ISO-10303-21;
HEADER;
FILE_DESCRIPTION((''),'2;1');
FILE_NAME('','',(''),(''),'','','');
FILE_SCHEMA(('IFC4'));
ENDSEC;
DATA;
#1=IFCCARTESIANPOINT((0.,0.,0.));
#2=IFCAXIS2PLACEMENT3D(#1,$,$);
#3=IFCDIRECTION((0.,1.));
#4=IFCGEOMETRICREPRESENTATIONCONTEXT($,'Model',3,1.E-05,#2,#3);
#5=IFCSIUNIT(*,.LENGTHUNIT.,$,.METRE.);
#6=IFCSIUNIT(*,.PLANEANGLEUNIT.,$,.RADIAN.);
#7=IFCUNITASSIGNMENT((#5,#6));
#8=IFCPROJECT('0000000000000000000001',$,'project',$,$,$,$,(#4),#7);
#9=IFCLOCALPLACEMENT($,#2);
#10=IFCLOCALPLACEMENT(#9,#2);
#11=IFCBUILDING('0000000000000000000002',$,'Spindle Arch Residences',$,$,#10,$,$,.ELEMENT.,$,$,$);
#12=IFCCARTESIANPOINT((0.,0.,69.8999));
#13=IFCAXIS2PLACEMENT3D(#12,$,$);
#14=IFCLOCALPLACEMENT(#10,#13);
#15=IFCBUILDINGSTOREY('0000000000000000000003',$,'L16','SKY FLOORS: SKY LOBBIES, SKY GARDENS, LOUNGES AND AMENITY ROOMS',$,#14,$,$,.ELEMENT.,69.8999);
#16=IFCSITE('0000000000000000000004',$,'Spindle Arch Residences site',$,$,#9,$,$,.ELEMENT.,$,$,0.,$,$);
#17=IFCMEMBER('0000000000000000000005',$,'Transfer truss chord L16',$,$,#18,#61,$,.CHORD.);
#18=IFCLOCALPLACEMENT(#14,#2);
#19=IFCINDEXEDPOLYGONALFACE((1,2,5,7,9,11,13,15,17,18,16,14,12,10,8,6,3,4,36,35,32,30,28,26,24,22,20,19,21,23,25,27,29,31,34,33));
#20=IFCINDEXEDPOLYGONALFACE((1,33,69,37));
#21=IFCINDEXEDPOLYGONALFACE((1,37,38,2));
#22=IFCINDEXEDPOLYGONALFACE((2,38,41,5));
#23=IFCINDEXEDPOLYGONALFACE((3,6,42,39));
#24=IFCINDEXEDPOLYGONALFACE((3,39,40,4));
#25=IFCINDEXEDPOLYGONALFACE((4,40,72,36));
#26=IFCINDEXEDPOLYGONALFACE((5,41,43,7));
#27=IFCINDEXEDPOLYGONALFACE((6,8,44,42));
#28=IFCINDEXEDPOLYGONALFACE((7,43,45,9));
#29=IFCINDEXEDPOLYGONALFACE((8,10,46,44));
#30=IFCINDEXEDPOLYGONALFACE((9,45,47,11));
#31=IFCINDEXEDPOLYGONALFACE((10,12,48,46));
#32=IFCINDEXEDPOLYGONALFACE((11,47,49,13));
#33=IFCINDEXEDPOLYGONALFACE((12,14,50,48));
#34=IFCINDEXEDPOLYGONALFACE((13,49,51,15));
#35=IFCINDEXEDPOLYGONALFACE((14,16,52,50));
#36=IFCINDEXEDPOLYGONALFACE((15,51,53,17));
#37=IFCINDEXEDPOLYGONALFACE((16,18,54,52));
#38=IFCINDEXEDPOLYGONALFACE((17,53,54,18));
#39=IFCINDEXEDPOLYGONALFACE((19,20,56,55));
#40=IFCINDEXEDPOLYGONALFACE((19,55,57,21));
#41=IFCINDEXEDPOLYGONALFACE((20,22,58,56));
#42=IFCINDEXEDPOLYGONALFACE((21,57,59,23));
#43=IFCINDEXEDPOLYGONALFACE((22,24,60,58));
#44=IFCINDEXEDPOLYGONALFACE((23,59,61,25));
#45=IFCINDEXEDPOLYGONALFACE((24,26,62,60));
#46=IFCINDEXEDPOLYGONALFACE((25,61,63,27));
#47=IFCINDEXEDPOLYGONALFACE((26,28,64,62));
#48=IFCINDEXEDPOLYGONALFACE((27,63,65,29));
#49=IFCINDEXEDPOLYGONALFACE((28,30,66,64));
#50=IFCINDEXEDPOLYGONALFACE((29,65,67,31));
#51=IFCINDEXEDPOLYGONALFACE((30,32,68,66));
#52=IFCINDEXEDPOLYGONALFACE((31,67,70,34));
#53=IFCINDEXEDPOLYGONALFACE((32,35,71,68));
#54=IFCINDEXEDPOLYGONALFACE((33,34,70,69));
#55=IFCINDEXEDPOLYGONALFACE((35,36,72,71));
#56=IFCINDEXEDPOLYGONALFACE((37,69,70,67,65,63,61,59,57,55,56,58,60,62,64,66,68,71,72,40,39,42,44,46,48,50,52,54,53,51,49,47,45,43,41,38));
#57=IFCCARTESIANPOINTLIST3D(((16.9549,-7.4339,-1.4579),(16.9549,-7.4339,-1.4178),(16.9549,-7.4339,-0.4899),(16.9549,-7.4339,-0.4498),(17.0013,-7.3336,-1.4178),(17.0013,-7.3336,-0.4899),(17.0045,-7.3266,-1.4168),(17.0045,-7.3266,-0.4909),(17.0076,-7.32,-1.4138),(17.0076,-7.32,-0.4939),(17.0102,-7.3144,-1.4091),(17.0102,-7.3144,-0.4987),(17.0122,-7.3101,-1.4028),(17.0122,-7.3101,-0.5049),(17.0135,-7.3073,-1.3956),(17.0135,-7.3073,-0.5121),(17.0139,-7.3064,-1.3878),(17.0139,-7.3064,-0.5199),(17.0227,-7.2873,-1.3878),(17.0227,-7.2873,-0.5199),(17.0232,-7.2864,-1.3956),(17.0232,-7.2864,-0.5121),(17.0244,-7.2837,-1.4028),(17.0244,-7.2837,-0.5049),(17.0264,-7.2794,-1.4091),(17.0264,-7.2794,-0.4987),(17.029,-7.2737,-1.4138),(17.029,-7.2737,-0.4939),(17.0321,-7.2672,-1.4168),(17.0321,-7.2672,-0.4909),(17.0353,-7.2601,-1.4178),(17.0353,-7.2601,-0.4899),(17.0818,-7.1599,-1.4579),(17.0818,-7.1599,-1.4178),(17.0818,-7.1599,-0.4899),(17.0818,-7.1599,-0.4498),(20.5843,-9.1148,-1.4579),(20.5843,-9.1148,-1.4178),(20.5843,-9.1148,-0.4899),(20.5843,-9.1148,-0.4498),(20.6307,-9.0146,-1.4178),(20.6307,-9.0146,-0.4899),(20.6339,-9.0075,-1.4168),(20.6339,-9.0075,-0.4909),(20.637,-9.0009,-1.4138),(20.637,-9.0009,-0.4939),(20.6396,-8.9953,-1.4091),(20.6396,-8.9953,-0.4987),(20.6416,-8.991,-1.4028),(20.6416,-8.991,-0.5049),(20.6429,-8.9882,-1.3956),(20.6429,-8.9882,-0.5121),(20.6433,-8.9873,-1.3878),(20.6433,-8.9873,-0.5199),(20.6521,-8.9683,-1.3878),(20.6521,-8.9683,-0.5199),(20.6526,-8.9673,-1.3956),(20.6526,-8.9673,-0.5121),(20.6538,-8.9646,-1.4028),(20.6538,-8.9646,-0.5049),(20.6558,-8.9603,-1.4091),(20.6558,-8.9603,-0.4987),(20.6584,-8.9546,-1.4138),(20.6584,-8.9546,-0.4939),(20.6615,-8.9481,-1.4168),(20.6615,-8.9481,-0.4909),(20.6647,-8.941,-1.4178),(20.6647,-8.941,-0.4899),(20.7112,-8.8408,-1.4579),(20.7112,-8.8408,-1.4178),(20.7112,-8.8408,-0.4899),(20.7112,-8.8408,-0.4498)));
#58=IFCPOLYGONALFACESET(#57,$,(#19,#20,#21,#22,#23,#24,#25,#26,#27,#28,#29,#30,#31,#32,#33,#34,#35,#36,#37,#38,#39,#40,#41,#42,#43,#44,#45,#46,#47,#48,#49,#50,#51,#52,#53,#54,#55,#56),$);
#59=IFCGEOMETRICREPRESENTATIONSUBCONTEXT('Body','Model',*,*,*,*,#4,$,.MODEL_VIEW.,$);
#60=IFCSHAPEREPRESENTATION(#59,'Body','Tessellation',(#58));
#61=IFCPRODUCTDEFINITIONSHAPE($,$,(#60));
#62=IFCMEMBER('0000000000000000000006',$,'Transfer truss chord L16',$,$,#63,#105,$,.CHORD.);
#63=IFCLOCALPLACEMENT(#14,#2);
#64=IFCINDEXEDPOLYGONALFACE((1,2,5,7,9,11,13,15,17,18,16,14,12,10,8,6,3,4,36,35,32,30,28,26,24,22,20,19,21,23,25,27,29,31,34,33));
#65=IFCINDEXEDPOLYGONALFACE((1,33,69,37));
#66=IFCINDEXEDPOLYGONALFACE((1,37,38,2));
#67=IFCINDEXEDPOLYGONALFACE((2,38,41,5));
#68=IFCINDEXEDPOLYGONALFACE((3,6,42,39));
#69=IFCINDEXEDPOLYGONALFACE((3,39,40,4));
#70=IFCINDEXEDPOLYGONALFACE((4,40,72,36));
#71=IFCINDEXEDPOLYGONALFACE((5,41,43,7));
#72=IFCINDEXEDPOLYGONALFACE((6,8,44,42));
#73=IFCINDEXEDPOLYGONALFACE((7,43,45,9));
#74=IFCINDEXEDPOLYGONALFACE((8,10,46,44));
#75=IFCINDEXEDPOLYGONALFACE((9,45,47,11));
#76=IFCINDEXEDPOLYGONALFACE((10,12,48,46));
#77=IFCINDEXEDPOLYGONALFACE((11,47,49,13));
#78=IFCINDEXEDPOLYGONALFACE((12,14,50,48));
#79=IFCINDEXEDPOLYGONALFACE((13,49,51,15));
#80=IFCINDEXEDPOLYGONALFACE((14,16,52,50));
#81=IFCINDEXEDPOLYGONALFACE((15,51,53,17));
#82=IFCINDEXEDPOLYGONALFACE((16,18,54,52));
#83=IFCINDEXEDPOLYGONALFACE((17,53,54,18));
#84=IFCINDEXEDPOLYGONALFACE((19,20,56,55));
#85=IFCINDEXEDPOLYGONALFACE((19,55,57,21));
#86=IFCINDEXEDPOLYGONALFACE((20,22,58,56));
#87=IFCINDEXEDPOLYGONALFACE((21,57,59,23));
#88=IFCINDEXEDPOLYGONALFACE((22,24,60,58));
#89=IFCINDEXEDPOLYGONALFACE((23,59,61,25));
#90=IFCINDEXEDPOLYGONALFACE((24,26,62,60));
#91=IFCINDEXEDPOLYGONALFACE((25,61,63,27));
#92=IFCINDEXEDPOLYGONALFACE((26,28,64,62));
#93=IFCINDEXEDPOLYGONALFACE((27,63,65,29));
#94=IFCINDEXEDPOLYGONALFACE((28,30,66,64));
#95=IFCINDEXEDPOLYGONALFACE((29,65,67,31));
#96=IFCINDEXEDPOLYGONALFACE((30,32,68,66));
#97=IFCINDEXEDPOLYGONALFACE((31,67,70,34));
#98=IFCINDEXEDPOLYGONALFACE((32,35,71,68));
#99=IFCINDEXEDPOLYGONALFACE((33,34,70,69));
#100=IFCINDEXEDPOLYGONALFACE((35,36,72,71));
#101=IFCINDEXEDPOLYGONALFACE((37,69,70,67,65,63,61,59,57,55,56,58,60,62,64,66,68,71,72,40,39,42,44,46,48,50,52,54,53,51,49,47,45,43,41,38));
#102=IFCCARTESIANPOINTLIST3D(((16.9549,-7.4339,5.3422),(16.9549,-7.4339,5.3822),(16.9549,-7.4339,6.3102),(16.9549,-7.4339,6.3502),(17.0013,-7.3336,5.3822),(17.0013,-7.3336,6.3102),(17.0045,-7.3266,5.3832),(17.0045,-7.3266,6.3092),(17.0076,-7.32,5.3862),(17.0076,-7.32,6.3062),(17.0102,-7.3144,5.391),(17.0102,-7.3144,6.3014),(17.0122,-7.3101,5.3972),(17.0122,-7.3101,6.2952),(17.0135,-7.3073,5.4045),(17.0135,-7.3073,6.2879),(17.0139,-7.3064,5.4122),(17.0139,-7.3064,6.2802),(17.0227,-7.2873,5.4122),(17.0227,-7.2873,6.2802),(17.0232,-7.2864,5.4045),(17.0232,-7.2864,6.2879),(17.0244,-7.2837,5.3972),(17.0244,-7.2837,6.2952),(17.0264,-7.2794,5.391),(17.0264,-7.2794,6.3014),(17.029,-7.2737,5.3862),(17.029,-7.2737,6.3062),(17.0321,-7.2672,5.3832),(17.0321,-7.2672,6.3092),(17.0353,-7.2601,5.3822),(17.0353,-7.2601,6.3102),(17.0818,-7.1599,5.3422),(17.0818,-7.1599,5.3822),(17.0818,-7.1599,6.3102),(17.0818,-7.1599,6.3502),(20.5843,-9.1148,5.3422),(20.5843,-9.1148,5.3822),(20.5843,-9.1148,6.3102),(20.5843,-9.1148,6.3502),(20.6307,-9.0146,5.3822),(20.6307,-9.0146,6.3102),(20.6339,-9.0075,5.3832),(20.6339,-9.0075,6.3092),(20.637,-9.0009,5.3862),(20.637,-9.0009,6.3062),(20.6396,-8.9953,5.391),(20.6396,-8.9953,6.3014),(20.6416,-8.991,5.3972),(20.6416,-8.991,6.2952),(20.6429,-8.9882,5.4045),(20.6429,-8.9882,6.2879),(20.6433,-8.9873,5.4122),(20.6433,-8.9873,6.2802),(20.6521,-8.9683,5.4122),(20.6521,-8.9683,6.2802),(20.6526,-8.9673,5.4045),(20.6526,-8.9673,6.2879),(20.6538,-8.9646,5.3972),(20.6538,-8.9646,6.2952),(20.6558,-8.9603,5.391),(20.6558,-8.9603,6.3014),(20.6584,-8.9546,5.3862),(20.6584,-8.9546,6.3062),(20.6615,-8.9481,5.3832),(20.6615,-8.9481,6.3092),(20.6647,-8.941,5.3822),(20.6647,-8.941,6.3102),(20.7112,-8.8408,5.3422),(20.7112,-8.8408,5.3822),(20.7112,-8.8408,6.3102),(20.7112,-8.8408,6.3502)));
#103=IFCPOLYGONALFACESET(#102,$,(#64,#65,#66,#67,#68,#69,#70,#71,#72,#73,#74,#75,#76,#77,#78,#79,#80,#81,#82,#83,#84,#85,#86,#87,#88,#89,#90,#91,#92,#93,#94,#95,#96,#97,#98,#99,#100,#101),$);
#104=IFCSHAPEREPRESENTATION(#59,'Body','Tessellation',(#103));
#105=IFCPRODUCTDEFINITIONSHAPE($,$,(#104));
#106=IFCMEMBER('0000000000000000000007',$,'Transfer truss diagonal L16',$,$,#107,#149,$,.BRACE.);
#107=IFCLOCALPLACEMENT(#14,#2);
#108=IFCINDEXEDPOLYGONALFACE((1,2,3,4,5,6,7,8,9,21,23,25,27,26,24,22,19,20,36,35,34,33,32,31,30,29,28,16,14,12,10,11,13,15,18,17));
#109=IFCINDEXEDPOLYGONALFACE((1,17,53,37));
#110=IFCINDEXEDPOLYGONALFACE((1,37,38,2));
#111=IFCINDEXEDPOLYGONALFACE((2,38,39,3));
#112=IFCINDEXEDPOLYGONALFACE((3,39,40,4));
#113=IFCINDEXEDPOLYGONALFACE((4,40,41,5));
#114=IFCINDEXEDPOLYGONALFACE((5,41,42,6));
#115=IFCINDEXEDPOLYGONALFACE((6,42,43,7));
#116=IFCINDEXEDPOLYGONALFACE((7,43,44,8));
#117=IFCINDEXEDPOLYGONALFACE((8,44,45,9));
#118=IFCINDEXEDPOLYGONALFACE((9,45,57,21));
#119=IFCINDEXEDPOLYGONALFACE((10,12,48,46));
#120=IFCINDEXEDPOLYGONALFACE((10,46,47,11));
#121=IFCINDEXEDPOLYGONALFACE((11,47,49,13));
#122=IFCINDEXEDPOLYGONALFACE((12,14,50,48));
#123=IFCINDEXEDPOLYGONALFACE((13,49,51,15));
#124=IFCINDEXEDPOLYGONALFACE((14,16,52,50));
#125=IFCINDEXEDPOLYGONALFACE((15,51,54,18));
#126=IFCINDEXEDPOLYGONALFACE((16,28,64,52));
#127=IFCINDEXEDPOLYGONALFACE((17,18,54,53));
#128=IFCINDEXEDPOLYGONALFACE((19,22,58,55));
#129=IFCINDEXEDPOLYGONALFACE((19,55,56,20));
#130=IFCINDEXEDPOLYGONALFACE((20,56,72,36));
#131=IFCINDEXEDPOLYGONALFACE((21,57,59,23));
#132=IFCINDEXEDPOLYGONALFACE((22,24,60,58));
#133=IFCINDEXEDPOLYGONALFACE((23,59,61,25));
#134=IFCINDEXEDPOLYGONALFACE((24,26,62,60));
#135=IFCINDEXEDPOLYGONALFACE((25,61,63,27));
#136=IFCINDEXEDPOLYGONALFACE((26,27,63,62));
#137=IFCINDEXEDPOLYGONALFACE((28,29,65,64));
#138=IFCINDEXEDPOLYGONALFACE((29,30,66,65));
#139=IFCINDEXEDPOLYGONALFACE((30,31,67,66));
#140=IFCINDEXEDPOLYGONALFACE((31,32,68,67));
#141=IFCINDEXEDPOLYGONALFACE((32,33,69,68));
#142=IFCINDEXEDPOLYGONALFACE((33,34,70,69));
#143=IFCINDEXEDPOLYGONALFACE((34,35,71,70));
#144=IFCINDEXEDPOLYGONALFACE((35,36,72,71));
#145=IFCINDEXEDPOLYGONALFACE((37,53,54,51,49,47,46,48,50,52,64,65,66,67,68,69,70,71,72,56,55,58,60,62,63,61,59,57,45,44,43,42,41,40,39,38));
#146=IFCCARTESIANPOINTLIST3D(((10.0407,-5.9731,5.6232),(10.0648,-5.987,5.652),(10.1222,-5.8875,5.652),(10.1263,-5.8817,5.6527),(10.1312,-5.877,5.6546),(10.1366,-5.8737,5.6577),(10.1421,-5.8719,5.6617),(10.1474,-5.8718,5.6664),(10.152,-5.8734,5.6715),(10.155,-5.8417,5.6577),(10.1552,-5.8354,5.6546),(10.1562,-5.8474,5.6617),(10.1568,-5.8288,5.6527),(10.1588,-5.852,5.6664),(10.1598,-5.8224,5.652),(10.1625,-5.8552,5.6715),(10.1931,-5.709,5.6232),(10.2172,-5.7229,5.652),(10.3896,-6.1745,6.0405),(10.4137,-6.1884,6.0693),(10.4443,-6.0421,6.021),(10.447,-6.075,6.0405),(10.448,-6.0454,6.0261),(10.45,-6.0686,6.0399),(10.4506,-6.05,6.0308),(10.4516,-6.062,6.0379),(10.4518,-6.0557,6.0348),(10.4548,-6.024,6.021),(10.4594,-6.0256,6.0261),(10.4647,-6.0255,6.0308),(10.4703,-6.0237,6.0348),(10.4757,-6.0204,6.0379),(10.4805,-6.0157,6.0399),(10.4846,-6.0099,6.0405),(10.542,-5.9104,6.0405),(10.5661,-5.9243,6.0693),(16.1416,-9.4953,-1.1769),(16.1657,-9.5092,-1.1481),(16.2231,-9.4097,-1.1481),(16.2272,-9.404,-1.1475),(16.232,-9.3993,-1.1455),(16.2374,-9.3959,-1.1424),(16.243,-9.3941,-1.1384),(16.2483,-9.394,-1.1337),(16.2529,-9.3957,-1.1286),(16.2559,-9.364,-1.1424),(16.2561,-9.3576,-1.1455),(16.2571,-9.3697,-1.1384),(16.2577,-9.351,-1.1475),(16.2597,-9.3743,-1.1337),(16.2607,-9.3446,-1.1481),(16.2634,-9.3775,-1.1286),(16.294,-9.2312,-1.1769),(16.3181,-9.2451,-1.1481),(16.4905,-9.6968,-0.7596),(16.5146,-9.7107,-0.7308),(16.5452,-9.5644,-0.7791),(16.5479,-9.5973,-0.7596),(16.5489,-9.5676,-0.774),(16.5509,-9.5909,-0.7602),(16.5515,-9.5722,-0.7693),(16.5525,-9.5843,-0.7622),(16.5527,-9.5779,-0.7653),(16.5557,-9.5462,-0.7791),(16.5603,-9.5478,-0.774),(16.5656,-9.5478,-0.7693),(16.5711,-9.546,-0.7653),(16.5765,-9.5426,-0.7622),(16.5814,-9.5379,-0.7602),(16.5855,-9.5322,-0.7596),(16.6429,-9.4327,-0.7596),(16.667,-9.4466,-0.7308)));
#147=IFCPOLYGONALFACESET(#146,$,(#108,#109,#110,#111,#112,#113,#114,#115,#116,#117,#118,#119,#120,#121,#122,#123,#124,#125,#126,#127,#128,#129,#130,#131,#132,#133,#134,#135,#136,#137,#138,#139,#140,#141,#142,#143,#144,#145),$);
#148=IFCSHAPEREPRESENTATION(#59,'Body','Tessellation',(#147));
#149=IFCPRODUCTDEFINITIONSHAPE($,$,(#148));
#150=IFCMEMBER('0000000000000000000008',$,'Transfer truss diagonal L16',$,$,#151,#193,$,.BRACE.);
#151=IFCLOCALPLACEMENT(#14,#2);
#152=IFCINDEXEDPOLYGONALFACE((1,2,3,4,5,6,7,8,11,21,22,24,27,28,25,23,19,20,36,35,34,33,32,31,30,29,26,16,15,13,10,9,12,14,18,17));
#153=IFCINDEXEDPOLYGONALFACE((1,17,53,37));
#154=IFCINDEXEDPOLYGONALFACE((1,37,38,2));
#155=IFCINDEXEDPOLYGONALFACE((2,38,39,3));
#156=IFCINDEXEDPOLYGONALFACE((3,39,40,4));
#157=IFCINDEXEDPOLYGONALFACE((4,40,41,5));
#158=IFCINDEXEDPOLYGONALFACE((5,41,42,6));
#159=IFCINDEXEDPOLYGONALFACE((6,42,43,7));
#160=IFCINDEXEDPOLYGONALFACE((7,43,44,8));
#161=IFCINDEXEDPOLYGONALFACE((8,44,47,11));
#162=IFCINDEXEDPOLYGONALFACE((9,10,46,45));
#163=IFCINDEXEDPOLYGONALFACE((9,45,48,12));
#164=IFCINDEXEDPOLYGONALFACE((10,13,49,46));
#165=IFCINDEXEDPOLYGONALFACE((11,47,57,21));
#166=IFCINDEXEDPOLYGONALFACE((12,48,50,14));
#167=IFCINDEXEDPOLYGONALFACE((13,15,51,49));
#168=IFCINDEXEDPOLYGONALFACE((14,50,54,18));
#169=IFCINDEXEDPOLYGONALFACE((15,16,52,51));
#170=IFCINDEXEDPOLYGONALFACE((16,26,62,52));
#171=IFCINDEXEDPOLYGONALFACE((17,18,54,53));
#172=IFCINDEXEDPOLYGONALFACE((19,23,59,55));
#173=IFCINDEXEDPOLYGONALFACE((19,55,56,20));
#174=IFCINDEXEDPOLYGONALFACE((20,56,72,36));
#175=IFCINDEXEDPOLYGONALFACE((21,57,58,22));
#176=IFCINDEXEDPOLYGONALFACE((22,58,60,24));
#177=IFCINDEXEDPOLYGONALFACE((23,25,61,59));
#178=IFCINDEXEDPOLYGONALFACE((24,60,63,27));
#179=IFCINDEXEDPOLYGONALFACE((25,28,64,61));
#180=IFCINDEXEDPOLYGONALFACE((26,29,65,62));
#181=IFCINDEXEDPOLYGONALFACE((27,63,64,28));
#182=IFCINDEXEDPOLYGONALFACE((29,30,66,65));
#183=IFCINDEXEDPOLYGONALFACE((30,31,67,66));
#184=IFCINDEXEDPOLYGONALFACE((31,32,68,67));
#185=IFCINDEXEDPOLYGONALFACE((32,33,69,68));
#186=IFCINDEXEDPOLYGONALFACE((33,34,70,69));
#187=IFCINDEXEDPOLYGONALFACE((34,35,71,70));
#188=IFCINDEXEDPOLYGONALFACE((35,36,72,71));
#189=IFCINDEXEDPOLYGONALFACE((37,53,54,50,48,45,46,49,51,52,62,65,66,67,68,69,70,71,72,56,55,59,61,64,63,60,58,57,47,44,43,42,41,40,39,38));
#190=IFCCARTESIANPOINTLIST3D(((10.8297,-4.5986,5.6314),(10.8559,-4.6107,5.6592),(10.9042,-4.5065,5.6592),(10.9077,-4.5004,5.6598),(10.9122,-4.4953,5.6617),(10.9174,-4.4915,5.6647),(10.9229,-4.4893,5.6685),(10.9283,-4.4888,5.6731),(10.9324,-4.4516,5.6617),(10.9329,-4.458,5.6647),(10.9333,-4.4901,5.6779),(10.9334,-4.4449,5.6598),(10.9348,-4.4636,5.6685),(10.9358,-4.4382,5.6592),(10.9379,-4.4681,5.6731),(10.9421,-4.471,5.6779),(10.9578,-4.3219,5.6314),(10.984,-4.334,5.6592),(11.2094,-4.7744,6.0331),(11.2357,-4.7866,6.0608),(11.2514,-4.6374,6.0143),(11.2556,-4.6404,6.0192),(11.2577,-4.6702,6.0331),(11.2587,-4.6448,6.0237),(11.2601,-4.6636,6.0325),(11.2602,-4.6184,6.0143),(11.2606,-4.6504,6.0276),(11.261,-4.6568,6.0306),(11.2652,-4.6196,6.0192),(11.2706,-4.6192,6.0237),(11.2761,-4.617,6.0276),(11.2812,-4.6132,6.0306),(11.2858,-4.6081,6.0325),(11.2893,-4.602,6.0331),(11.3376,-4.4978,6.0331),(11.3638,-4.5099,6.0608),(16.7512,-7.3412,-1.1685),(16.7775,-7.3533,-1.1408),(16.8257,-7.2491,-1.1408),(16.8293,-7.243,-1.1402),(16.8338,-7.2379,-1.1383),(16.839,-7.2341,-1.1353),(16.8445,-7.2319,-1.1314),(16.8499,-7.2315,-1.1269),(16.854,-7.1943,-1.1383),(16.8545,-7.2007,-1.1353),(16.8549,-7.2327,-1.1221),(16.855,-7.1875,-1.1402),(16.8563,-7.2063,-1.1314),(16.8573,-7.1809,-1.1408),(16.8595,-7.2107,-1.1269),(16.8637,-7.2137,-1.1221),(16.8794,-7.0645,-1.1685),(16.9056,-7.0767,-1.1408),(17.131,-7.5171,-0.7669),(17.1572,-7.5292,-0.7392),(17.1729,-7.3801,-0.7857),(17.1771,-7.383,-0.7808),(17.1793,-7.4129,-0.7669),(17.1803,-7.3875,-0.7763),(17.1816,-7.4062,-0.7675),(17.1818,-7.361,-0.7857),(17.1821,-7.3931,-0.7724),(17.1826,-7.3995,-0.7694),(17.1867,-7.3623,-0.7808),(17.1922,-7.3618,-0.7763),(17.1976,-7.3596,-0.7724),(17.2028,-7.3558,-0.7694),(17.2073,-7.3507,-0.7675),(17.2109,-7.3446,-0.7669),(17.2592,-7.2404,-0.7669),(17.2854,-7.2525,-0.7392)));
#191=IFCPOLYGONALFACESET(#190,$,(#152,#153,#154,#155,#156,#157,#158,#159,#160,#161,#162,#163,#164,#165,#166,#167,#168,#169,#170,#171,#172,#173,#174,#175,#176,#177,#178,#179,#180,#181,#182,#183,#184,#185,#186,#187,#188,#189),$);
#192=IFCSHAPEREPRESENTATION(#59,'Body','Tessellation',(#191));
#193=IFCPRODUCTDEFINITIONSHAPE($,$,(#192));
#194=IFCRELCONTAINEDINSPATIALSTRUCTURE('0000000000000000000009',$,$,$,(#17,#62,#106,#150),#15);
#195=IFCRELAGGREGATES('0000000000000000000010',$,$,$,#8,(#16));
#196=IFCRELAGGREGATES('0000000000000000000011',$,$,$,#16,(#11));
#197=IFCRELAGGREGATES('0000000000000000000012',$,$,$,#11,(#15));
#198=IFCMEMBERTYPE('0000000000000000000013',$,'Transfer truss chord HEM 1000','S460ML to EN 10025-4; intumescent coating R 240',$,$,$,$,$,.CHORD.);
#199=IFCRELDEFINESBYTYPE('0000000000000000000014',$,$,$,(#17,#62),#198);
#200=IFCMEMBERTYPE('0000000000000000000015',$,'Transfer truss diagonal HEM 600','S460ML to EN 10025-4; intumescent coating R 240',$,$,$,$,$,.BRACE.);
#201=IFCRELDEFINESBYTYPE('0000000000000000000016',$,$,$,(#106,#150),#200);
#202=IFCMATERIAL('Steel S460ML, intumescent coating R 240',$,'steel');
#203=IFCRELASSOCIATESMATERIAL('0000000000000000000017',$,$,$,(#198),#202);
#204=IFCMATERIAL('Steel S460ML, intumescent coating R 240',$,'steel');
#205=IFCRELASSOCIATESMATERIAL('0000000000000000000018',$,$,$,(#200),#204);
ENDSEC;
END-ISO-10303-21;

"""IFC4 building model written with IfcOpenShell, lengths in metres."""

from ifc_helpers import new_model, si_unit, direction, frame, origin, origin_2d, place, context, subcontext, project, spatial, i_section, extrude, material, material_profile, profile_set, type_object, element, save


model = new_model("IFC4")

# Units and contexts
model_context = context("Model", 3, precision=1e-05, world=origin(), true_north=direction((0.0, 1.0)))
body_context = subcontext(model_context, "Body", "Model", "MODEL_VIEW")
ifc_project = project(units=[si_unit("LENGTHUNIT", "METRE"), si_unit("PLANEANGLEUNIT", "RADIAN")], contexts=[model_context])

# Site, building, storey
site_placement = place(None, origin())
site = spatial("IfcSite", under=ifc_project, at=site_placement, Name="Spindle Arch Residences site", CompositionType="ELEMENT", RefElevation=0.0)
building_placement = place(site_placement, origin())
building = spatial("IfcBuilding", under=site, at=building_placement, Name="Spindle Arch Residences", CompositionType="ELEMENT")
storey_placement = place(building_placement, frame((0.0, 0.0, 69.8999)))
storey = spatial("IfcBuildingStorey", under=building, at=storey_placement, Name="L16", Description="SKY FLOORS: SKY LOBBIES, SKY GARDENS, LOUNGES AND AMENITY ROOMS", CompositionType="ELEMENT", Elevation=69.8999)

# Members
ifc_material_1 = material(Name="Steel S460ML, intumescent coating R 240", Category="steel")
ifc_material_profile_1 = material_profile(ifc_material_1, i_section(OverallWidth=0.302, OverallDepth=1.0081, WebThickness=0.021, FlangeThickness=0.04, FilletRadius=0.03, at=origin_2d()), Name="HEM 1000")
ifc_profile_set_1 = profile_set([ifc_material_profile_1], Name="Steel S460ML, intumescent coating R 240")
member_type_1 = type_object("IfcMemberType", Name="Transfer truss chord HEM 1000", Description="S460ML to EN 10025-4; intumescent coating R 240", PredefinedType="CHORD", material=ifc_profile_set_1)
for number, where, z_axis, x_axis, name in (
    (1, (17.0183, -7.2969, -0.9539), (0.907407, -0.420254, 0.0), (0.420254, 0.907407, 0.0), "Transfer truss chord L16"),
    (2, (17.0183, -7.2969, 5.8462), (0.907407, -0.420254, 0.0), (0.420254, 0.907407, 0.0), "Transfer truss chord L16"),
):
    element("IfcMember", number, at=place(storey_placement, frame(where, z_axis=z_axis, x_axis=x_axis)), inside=storey, type_object=member_type_1, Name=name, PredefinedType="CHORD", context=body_context, shape_type="SweptSolid", body=[
        extrude(i_section(OverallWidth=0.302, OverallDepth=1.0081, WebThickness=0.021, FlangeThickness=0.04, FilletRadius=0.03, at=origin_2d()), origin(), (0.0, 0.0, 1.0), 3.9998),
    ])
ifc_material_2 = material(Name="Steel S460ML, intumescent coating R 240", Category="steel")
ifc_material_profile_2 = material_profile(ifc_material_2, i_section(OverallWidth=0.3049, OverallDepth=0.6201, WebThickness=0.021, FlangeThickness=0.04, FilletRadius=0.0271, at=origin_2d()), Name="HEM 600")
ifc_profile_set_2 = profile_set([ifc_material_profile_2], Name="Steel S460ML, intumescent coating R 240")
member_type_2 = type_object("IfcMemberType", Name="Transfer truss diagonal HEM 600", Description="S460ML to EN 10025-4; intumescent coating R 240", PredefinedType="BRACE", material=ifc_profile_set_2)
member_1_placement = place(storey_placement, frame((16.4043, -9.4709, -0.9539), z_axis=(-0.623096, 0.359734, 0.694509), x_axis=(-0.499989, -0.866031, 0.0)))
element("IfcMember", 3, at=member_1_placement, inside=storey, type_object=member_type_2, Name="Transfer truss diagonal L16", PredefinedType="BRACE", context=body_context, shape_type="SweptSolid", body=[
    extrude(i_section(OverallWidth=0.3049, OverallDepth=0.6201, WebThickness=0.021, FlangeThickness=0.04, FilletRadius=0.0271, at=origin_2d()), origin(), (0.0, 0.0, 1.0), 9.7913),
])
member_2_placement = place(storey_placement, frame((17.0183, -7.2969, -0.9539), z_axis=(-0.628297, 0.291003, 0.721499), x_axis=(-0.420272, -0.907398, 0.0)))
element("IfcMember", 4, at=member_2_placement, inside=storey, type_object=member_type_2, Name="Transfer truss diagonal L16", PredefinedType="BRACE", context=body_context, shape_type="SweptSolid", body=[
    extrude(i_section(OverallWidth=0.3049, OverallDepth=0.6201, WebThickness=0.021, FlangeThickness=0.04, FilletRadius=0.0271, at=origin_2d()), origin(), (0.0, 0.0, 1.0), 9.4248),
])

save(model, "model.ifc")
